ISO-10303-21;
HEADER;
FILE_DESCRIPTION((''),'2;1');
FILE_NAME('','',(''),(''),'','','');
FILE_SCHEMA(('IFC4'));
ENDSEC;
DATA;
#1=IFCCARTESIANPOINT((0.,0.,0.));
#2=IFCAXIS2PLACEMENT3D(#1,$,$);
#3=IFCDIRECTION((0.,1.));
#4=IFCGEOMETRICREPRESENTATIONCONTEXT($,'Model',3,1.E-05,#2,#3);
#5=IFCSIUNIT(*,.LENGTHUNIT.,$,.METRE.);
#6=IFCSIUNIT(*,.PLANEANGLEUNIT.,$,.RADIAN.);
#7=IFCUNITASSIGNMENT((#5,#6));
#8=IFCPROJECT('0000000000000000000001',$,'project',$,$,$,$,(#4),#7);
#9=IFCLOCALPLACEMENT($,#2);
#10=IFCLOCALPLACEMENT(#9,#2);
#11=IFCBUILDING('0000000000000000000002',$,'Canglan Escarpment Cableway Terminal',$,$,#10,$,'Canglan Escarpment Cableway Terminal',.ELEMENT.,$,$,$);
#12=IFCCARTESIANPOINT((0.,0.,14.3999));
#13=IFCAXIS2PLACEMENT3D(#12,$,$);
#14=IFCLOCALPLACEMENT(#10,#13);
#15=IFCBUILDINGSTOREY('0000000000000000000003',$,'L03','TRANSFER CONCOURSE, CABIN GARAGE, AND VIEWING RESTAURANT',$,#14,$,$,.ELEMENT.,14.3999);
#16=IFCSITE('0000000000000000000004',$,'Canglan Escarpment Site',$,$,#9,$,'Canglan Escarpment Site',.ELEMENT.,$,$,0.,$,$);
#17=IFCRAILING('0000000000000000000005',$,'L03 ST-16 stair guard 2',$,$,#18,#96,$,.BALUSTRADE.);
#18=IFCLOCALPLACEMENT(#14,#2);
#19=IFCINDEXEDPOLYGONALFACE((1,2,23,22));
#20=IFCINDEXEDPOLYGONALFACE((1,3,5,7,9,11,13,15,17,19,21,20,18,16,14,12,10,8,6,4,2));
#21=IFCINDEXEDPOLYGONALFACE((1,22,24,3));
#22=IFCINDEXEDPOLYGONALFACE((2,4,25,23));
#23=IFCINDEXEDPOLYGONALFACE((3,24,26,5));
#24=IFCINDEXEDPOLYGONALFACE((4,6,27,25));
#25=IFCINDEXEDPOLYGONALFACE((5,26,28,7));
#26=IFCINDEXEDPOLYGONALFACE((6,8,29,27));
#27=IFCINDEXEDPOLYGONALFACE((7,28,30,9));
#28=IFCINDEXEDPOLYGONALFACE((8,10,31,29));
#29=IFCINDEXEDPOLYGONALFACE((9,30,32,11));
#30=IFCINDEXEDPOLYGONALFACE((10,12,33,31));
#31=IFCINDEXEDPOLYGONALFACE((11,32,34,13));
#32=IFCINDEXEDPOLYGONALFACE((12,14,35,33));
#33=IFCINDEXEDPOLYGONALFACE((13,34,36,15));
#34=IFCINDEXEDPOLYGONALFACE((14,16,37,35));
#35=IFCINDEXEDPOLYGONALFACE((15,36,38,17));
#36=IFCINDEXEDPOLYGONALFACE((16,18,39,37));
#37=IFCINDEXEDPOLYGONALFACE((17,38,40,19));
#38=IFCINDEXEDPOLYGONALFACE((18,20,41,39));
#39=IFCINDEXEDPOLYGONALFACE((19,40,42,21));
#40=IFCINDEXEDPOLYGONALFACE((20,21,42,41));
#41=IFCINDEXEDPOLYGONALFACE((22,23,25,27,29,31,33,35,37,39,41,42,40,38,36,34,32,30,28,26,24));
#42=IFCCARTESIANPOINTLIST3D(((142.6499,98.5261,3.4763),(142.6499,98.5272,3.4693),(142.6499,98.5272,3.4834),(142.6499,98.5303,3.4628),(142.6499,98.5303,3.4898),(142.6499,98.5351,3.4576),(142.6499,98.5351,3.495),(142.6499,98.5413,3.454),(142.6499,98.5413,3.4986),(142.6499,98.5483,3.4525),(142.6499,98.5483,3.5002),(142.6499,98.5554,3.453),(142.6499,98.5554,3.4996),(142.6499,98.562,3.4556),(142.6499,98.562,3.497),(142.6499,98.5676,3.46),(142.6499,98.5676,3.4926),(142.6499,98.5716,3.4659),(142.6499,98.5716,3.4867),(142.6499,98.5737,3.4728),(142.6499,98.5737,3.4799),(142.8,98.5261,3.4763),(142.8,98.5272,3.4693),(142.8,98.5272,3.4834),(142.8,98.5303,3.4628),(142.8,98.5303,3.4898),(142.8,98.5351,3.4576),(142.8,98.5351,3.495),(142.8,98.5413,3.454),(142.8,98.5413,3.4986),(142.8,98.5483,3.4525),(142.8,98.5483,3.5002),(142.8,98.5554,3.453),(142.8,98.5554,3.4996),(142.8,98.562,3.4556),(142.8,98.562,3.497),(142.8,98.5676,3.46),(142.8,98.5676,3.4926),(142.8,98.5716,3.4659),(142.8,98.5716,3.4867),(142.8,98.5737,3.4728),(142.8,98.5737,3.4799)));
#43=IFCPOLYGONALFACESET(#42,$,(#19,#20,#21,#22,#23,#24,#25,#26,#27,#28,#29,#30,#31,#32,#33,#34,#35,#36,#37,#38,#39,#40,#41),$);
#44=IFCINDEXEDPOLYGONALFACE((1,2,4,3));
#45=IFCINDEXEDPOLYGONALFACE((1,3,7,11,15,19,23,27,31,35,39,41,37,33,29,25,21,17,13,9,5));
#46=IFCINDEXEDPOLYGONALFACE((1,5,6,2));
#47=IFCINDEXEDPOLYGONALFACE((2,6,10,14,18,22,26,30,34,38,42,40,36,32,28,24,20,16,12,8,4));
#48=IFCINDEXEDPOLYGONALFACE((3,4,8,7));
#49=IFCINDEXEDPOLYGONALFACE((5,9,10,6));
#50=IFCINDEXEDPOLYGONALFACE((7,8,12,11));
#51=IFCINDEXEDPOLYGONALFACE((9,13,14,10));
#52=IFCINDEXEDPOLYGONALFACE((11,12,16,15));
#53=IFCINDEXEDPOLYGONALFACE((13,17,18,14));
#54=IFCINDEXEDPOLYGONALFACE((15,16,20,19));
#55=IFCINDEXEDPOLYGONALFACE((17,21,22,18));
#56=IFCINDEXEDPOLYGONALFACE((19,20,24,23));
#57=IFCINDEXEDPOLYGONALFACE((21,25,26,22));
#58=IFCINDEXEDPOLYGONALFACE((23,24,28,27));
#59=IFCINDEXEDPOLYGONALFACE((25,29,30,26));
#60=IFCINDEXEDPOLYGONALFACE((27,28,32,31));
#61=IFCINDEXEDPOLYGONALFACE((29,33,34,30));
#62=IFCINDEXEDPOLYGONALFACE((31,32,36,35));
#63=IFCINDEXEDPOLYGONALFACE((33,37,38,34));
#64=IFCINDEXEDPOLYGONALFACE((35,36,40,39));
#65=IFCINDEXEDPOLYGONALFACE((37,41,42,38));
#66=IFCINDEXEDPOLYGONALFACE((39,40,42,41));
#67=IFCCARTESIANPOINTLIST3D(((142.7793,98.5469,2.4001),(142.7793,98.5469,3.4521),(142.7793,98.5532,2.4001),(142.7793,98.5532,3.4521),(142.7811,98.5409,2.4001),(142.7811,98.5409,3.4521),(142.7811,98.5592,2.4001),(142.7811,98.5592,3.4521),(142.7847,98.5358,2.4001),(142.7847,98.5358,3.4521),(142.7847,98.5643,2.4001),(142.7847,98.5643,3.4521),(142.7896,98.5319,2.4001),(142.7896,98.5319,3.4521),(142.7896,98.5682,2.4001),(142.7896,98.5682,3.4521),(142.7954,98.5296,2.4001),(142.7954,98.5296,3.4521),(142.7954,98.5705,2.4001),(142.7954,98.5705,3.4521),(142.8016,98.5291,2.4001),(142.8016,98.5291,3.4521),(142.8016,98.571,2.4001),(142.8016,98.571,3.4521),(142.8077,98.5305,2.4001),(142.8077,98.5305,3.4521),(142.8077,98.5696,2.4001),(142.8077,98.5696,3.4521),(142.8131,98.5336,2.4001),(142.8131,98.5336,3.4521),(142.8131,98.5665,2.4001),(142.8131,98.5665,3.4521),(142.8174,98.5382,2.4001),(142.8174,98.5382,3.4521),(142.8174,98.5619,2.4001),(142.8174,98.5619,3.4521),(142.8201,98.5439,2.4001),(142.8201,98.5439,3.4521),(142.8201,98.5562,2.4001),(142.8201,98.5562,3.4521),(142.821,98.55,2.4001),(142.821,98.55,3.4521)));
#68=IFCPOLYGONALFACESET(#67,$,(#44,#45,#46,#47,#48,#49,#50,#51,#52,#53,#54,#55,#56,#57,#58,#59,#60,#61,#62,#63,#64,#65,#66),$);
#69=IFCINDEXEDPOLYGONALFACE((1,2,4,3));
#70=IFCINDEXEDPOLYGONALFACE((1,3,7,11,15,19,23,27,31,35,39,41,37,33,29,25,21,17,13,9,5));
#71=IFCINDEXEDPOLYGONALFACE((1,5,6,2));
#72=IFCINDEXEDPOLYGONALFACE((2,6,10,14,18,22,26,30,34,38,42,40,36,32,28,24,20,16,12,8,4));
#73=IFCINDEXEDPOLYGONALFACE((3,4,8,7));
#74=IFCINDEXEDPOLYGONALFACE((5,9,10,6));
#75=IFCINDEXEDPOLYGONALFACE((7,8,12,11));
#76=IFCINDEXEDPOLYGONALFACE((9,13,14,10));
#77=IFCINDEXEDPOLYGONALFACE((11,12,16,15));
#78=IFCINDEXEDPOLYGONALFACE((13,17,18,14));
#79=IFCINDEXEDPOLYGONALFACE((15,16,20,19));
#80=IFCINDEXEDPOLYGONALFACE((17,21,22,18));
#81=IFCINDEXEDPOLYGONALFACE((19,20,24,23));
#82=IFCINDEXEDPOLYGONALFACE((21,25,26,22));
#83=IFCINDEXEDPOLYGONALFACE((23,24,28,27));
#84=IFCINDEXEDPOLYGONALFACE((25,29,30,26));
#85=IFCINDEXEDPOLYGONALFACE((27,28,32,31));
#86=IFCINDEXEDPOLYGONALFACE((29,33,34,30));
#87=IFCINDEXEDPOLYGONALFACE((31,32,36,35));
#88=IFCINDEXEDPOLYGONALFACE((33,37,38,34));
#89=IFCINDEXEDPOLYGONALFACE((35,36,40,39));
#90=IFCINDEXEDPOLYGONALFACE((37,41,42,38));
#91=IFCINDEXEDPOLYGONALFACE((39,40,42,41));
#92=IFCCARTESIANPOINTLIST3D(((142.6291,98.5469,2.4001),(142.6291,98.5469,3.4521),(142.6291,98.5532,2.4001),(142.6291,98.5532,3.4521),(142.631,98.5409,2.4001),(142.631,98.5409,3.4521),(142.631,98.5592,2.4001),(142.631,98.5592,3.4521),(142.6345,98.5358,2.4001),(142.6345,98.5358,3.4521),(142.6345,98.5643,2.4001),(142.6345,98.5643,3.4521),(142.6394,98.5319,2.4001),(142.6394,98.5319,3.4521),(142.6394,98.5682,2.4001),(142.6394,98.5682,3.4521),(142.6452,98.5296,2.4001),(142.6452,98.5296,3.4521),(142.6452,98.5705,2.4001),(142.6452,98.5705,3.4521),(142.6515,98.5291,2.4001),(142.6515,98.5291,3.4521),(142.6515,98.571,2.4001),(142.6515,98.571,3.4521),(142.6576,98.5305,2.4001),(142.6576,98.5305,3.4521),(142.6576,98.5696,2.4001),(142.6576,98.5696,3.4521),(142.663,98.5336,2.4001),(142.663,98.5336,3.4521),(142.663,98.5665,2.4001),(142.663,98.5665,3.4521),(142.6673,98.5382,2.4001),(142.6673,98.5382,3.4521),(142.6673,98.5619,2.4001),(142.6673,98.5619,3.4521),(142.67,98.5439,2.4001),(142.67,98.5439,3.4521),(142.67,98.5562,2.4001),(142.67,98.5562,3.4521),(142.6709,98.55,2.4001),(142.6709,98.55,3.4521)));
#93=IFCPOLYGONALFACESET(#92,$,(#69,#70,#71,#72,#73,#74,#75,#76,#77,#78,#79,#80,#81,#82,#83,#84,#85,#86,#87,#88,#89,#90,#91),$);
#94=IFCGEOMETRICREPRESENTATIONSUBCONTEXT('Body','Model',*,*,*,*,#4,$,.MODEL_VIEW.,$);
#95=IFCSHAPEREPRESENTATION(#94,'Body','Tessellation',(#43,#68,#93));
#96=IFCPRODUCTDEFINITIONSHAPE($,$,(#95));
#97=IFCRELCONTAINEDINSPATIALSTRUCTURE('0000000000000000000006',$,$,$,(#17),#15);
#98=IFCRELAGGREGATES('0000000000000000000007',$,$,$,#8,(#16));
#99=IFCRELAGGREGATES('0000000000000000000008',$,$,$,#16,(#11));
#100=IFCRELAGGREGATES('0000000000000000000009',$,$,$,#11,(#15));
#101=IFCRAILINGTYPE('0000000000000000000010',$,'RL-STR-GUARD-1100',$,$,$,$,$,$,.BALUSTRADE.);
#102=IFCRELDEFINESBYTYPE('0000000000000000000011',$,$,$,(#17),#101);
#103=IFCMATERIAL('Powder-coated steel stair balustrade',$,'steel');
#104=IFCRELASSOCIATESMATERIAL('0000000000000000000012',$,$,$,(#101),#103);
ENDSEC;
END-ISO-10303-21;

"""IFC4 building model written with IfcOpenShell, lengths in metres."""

from ifc_helpers import new_model, si_unit, direction, frame, origin, origin_2d, place, context, subcontext, project, spatial, circle, extrude, material, type_object, element, save


model = new_model("IFC4")

# Units and contexts
model_context = context("Model", 3, precision=1e-05, world=origin(), true_north=direction((0.0, 1.0)))
body_context = subcontext(model_context, "Body", "Model", "MODEL_VIEW")
ifc_project = project(units=[si_unit("LENGTHUNIT", "METRE"), si_unit("PLANEANGLEUNIT", "RADIAN")], contexts=[model_context])

# Site, building, storey
site_placement = place(None, origin())
site = spatial("IfcSite", under=ifc_project, at=site_placement, Name="Canglan Escarpment Site", LongName="Canglan Escarpment Site", CompositionType="ELEMENT", RefElevation=0.0)
building_placement = place(site_placement, origin())
building = spatial("IfcBuilding", under=site, at=building_placement, Name="Canglan Escarpment Cableway Terminal", LongName="Canglan Escarpment Cableway Terminal", CompositionType="ELEMENT")
storey_placement = place(building_placement, frame((0.0, 0.0, 14.3999)))
storey = spatial("IfcBuildingStorey", under=building, at=storey_placement, Name="L03", Description="TRANSFER CONCOURSE, CABIN GARAGE, AND VIEWING RESTAURANT", CompositionType="ELEMENT", Elevation=14.3999)

# Railing
ifc_material_1 = material(Name="Powder-coated steel stair balustrade", Category="steel")
railing_type_1 = type_object("IfcRailingType", Name="RL-STR-GUARD-1100", PredefinedType="BALUSTRADE", material=ifc_material_1)
railing_1_placement = place(storey_placement, frame((142.8, 98.55, 2.4001)))
element("IfcRailing", 1, at=railing_1_placement, inside=storey, type_object=railing_type_1, Name="L03 ST-16 stair guard 2", PredefinedType="BALUSTRADE", context=body_context, shape_type="SweptSolid", body=[
    extrude(circle(Radius=0.0239, at=origin_2d()), frame((0.0, 0.0, 1.0762), z_axis=(-1.0, 0.0, 0.0), x_axis=(0.0, -1.0, 0.0)), (0.0, 0.0, 1.0), 0.1501),
    extrude(circle(Radius=0.021, at=origin_2d()), origin(), (0.0, 0.0, 1.0), 1.052),
    extrude(circle(Radius=0.021, at=origin_2d()), frame((-0.1501, 0.0, 0.0)), (0.0, 0.0, 1.0), 1.052),
])

save(model, "model.ifc")
